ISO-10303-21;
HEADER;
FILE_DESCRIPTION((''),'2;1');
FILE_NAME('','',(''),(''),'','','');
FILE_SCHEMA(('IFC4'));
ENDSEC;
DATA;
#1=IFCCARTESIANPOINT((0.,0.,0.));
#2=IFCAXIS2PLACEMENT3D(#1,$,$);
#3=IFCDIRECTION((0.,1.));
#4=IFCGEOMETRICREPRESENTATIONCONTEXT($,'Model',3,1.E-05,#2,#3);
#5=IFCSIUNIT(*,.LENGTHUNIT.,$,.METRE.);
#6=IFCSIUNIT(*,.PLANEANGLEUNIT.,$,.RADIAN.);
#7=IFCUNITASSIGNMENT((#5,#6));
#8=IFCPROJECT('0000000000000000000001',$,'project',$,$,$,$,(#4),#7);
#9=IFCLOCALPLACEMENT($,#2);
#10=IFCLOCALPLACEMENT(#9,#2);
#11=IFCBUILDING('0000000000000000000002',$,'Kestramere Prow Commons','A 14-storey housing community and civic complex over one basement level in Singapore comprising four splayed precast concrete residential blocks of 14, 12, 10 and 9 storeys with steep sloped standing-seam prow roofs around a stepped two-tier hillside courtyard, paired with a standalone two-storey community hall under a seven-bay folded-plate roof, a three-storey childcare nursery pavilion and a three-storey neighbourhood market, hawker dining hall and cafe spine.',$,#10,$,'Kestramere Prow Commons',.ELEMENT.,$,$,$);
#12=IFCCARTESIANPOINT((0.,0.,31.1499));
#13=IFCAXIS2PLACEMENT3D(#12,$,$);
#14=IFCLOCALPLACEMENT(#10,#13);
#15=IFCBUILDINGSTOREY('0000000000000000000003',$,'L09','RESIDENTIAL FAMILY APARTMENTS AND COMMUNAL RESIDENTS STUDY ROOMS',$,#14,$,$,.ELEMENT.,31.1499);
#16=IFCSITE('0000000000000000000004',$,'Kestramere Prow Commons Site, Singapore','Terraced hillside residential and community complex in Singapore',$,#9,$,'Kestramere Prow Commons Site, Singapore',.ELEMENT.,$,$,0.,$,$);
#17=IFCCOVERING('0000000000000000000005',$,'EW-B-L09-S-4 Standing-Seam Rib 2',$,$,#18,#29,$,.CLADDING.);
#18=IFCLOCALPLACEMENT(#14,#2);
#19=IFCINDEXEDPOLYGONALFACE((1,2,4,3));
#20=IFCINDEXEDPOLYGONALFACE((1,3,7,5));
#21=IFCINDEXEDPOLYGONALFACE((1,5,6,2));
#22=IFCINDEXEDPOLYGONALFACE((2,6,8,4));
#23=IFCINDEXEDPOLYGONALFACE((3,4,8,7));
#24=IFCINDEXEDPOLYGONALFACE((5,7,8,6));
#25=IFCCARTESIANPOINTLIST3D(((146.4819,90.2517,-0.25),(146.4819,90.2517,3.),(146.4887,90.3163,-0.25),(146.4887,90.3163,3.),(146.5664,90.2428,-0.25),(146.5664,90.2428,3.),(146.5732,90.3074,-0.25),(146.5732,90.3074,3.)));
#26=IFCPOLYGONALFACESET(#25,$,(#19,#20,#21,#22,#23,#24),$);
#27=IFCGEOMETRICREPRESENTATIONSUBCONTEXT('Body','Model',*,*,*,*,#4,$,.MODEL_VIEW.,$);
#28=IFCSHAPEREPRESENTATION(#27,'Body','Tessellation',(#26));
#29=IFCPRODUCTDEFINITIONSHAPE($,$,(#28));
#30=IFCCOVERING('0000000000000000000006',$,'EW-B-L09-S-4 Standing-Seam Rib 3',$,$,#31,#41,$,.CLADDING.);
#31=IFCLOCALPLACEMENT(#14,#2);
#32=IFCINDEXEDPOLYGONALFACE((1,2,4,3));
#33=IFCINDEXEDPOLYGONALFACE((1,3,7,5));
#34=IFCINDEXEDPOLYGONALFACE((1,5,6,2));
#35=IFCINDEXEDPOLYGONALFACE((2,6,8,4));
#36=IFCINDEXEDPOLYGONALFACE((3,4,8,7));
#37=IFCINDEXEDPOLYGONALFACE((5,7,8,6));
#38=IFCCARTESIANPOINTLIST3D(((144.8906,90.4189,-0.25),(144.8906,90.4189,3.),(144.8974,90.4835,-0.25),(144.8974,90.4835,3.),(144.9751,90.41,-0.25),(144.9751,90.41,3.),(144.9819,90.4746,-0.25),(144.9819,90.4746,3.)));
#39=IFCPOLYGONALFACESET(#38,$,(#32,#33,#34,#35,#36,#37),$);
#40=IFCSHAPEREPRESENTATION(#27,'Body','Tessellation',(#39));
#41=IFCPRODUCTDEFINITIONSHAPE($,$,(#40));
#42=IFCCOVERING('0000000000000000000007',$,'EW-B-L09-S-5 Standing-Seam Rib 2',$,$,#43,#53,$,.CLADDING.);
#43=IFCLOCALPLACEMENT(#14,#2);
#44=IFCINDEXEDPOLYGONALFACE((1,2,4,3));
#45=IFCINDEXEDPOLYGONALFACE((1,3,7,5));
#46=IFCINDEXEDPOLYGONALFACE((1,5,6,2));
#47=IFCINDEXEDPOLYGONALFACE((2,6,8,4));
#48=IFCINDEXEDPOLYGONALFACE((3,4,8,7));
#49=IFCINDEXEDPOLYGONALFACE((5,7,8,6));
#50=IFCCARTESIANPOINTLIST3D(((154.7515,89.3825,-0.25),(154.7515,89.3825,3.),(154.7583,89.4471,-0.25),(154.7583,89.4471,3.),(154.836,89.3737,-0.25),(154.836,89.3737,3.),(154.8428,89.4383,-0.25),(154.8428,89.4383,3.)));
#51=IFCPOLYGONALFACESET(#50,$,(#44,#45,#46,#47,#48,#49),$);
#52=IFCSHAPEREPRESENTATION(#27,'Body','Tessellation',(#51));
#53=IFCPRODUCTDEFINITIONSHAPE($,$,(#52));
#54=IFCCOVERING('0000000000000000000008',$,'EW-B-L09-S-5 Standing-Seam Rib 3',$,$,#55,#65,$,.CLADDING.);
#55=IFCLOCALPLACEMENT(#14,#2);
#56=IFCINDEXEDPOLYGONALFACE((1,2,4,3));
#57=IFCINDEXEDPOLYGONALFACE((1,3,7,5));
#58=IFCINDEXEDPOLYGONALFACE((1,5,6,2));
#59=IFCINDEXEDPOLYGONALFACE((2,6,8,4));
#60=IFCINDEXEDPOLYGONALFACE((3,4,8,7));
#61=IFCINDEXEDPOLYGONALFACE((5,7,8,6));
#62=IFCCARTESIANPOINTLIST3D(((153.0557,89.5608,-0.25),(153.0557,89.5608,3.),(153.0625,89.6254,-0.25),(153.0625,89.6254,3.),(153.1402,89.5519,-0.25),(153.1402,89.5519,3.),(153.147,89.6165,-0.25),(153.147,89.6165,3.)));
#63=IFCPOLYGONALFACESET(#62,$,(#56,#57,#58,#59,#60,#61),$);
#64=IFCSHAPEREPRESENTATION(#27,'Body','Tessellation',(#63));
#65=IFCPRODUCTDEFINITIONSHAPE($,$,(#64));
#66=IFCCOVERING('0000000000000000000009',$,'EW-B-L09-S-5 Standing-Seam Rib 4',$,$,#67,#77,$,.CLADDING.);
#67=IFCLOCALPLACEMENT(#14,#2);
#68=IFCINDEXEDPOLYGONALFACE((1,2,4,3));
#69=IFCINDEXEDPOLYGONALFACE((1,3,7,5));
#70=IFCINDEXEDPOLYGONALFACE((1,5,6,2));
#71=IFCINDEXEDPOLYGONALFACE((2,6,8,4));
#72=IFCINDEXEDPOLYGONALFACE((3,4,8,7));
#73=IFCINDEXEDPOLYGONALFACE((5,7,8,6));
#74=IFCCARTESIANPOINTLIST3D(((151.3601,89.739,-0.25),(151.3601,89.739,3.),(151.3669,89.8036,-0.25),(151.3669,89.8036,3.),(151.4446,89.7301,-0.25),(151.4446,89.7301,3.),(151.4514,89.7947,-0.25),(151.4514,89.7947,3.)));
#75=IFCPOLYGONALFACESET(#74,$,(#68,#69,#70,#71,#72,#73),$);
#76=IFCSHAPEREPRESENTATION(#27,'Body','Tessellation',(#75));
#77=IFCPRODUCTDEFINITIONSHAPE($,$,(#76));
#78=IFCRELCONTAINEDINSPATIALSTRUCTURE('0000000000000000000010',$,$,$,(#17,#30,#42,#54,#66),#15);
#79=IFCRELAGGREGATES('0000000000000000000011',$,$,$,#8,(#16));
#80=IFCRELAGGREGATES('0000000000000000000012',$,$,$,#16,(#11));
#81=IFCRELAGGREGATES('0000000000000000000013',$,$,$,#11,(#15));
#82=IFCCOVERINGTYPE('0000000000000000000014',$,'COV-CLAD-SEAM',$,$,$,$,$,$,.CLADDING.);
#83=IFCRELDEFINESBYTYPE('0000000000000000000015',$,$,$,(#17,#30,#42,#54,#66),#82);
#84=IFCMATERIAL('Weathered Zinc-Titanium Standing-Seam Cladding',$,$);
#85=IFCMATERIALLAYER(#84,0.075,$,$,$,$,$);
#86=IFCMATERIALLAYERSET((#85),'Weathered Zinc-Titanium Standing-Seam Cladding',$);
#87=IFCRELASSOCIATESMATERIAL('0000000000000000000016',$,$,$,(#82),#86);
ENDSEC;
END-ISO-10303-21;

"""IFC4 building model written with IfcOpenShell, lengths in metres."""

from ifc_helpers import new_model, si_unit, direction, frame, origin, origin_2d, place, context, subcontext, project, spatial, rectangle, extrude, material, layer, layer_set, type_object, element, save


model = new_model("IFC4")

# Units and contexts
model_context = context("Model", 3, precision=1e-05, world=origin(), true_north=direction((0.0, 1.0)))
body_context = subcontext(model_context, "Body", "Model", "MODEL_VIEW")
ifc_project = project(units=[si_unit("LENGTHUNIT", "METRE"), si_unit("PLANEANGLEUNIT", "RADIAN")], contexts=[model_context])

# Site, building, storey
site_placement = place(None, origin())
site = spatial("IfcSite", under=ifc_project, at=site_placement, Name="Kestramere Prow Commons Site, Singapore", Description="Terraced hillside residential and community complex in Singapore", LongName="Kestramere Prow Commons Site, Singapore", CompositionType="ELEMENT", RefElevation=0.0)
building_placement = place(site_placement, origin())
building = spatial("IfcBuilding", under=site, at=building_placement, Name="Kestramere Prow Commons", Description="A 14-storey housing community and civic complex over one basement level in Singapore comprising four splayed precast concrete residential blocks of 14, 12, 10 and 9 storeys with steep sloped standing-seam prow roofs around a stepped two-tier hillside courtyard, paired with a standalone two-storey community hall under a seven-bay folded-plate roof, a three-storey childcare nursery pavilion and a three-storey neighbourhood market, hawker dining hall and cafe spine.", LongName="Kestramere Prow Commons", CompositionType="ELEMENT")
storey_placement = place(building_placement, frame((0.0, 0.0, 31.1499)))
storey = spatial("IfcBuildingStorey", under=building, at=storey_placement, Name="L09", Description="RESIDENTIAL FAMILY APARTMENTS AND COMMUNAL RESIDENTS STUDY ROOMS", CompositionType="ELEMENT", Elevation=31.1499)

# Coverings
ifc_material_1 = material(Name="Weathered Zinc-Titanium Standing-Seam Cladding")
ifc_layer_1 = layer(ifc_material_1, 0.075)
ifc_layer_set_1 = layer_set([ifc_layer_1], Name="Weathered Zinc-Titanium Standing-Seam Cladding")
covering_type = type_object("IfcCoveringType", Name="COV-CLAD-SEAM", PredefinedType="CLADDING", material=ifc_layer_set_1)
for number, where, z_axis, x_axis, name in (
    (1, (146.5276, 90.2795, -0.25), (0.0, 0.0, 1.0), (-0.994522, 0.104528, 0.0), "EW-B-L09-S-4 Standing-Seam Rib 2"),
    (2, (144.9363, 90.4468, -0.25), (0.0, 0.0, 1.0), (-0.994522, 0.104528, 0.0), "EW-B-L09-S-4 Standing-Seam Rib 3"),
    (3, (154.7971, 89.4104, -0.25), (0.0, 0.0, 1.0), (-0.994522, 0.104528, 0.0), "EW-B-L09-S-5 Standing-Seam Rib 2"),
    (4, (153.1013, 89.5886, -0.25), (0.0, 0.0, 1.0), (-0.994522, 0.104528, 0.0), "EW-B-L09-S-5 Standing-Seam Rib 3"),
    (5, (151.4058, 89.7668, -0.25), (0.0, 0.0, 1.0), (-0.994522, 0.104528, 0.0), "EW-B-L09-S-5 Standing-Seam Rib 4"),
):
    element("IfcCovering", number, at=place(storey_placement, frame(where, z_axis=z_axis, x_axis=x_axis)), inside=storey, type_object=covering_type, Name=name, PredefinedType="CLADDING", context=body_context, shape_type="SweptSolid", body=[
        extrude(rectangle(XDim=0.085, YDim=0.0649, at=origin_2d()), origin(), (0.0, 0.0, 1.0), 3.25),
    ])

save(model, "model.ifc")
